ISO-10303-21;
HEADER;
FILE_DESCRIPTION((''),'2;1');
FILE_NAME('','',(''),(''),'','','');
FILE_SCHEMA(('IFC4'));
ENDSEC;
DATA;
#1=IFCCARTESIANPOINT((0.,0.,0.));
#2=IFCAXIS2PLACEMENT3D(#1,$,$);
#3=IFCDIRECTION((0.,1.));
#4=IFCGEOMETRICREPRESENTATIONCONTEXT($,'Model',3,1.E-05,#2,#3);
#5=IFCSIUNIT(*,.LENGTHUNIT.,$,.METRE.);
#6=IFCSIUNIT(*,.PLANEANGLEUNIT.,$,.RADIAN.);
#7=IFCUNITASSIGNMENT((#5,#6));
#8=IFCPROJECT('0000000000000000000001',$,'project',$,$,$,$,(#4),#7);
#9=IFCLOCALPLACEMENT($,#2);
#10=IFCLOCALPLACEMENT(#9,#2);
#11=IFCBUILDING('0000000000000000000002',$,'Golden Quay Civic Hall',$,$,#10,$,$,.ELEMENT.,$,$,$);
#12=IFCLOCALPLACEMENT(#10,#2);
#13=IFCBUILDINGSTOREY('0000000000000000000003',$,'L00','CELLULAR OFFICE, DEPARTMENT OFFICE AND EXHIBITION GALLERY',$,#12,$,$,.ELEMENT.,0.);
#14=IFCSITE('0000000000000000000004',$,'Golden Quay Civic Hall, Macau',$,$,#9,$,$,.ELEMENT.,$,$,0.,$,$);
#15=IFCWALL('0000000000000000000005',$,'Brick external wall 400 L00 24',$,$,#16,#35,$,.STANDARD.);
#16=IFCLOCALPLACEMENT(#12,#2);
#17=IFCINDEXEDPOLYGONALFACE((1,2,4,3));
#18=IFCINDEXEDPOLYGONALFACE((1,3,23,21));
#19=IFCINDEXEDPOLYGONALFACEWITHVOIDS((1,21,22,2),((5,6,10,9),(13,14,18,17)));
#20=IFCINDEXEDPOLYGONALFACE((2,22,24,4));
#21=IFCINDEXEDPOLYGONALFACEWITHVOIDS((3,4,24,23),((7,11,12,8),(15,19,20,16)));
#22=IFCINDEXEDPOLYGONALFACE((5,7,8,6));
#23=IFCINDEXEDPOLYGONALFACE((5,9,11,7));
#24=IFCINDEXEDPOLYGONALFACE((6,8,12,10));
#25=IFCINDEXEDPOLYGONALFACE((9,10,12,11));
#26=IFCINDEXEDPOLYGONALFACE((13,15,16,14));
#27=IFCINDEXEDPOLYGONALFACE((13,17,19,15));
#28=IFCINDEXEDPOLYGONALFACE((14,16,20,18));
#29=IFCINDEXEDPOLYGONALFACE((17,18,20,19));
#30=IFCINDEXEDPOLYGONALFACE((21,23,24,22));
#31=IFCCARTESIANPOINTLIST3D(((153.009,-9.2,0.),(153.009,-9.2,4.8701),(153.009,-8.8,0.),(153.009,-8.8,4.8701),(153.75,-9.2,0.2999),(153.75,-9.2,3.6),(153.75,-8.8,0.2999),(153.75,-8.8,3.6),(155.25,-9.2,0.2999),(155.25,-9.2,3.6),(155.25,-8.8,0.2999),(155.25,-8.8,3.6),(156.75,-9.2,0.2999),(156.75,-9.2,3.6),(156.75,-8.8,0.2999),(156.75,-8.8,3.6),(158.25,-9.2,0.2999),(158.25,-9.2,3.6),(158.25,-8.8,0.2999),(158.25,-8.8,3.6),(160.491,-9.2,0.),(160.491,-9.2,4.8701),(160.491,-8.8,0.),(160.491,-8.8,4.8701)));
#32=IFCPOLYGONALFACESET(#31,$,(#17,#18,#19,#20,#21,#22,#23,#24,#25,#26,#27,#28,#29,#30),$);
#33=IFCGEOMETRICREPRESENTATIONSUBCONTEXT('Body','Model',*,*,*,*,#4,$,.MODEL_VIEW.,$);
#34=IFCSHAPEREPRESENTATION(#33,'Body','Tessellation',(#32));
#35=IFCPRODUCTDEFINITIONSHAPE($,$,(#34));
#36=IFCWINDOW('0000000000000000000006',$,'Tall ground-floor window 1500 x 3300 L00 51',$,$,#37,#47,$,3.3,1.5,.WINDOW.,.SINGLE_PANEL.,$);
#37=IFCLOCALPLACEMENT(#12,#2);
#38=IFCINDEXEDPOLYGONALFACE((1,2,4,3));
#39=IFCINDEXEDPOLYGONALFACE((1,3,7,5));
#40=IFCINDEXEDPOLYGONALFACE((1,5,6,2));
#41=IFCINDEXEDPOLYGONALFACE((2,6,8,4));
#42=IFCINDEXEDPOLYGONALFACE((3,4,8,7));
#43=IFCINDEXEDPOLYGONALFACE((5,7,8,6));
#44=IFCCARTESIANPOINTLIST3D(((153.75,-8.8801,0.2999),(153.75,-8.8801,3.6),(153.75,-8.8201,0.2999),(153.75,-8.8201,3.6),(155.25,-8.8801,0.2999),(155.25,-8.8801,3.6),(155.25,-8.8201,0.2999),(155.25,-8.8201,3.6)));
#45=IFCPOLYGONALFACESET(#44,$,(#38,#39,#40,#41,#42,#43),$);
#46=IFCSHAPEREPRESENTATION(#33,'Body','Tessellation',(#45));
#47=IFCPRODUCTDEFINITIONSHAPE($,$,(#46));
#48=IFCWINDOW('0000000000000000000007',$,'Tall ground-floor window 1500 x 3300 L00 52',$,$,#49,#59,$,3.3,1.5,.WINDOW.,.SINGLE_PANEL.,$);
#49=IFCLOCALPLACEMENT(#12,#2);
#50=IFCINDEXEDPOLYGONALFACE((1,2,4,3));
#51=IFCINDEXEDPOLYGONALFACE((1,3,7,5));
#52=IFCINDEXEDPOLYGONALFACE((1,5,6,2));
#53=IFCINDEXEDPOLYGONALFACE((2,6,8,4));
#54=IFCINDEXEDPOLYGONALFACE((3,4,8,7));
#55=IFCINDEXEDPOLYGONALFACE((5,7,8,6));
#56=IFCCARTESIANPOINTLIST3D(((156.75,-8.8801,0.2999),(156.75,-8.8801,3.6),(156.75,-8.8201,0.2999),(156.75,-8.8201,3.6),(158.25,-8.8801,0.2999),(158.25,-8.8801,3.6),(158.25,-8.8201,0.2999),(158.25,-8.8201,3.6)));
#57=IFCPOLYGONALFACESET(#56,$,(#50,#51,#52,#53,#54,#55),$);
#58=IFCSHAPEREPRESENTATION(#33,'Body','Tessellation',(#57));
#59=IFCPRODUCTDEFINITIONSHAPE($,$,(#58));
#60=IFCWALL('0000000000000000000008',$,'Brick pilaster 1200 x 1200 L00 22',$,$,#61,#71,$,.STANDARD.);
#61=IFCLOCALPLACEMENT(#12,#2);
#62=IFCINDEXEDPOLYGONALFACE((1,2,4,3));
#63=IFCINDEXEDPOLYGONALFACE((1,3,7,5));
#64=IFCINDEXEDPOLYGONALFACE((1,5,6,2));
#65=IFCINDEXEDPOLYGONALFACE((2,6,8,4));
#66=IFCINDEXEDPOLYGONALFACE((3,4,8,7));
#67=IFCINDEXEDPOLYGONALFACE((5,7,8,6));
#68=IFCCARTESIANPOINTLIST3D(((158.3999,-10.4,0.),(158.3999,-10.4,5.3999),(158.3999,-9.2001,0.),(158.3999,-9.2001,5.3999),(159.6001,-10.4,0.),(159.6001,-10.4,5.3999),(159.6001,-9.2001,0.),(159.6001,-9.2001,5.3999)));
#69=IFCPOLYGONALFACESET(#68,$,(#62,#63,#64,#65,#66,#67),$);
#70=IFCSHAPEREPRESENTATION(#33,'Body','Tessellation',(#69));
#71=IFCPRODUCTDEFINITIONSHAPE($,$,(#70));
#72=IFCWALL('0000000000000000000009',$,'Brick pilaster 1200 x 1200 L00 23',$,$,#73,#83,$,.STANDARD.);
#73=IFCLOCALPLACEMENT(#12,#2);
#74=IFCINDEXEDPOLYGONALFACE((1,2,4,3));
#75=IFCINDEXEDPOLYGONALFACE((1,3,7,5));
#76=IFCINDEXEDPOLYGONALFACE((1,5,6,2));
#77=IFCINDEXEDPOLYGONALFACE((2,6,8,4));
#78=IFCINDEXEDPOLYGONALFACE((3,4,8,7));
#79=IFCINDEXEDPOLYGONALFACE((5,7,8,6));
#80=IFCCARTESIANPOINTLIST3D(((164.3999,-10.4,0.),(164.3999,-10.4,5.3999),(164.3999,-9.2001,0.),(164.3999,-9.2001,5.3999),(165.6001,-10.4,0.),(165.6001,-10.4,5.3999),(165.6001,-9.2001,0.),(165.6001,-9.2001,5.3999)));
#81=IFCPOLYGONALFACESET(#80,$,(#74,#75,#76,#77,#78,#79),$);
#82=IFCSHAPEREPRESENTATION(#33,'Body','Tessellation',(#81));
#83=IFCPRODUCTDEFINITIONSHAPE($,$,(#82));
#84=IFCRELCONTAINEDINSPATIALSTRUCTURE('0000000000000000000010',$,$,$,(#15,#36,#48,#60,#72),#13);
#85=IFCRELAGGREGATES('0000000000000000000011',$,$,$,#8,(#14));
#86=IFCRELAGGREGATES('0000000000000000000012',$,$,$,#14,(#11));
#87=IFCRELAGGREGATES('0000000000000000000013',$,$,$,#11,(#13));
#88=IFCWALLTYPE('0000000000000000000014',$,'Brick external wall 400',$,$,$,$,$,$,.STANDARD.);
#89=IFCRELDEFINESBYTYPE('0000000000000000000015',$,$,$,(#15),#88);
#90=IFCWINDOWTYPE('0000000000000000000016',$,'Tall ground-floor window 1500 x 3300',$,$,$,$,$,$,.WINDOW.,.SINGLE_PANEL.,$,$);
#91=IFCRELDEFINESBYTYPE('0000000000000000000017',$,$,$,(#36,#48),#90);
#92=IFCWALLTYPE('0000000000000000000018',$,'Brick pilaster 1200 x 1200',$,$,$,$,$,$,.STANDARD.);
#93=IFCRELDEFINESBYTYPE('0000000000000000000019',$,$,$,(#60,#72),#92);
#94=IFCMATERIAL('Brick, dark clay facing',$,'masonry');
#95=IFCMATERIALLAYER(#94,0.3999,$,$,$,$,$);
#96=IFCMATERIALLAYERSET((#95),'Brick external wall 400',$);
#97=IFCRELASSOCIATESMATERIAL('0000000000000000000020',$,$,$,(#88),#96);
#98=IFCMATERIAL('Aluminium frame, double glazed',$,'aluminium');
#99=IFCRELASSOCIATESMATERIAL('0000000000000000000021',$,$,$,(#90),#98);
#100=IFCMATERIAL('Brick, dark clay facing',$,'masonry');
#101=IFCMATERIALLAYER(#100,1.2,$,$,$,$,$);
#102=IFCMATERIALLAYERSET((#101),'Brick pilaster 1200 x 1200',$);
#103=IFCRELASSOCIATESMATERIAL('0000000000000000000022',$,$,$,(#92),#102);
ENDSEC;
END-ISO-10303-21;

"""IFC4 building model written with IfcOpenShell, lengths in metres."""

from ifc_helpers import new_model, si_unit, direction, frame, frame_2d, origin, place, context, subcontext, project, spatial, rectangle, extrude, material, layer, layer_set, type_object, element, fill, save


model = new_model("IFC4")

# Units and contexts
model_context = context("Model", 3, precision=1e-05, world=origin(), true_north=direction((0.0, 1.0)))
body_context = subcontext(model_context, "Body", "Model", "MODEL_VIEW")
ifc_project = project(units=[si_unit("LENGTHUNIT", "METRE"), si_unit("PLANEANGLEUNIT", "RADIAN")], contexts=[model_context])

# Site, building, storey
site_placement = place(None, origin())
site = spatial("IfcSite", under=ifc_project, at=site_placement, Name="Golden Quay Civic Hall, Macau", CompositionType="ELEMENT", RefElevation=0.0)
building_placement = place(site_placement, origin())
building = spatial("IfcBuilding", under=site, at=building_placement, Name="Golden Quay Civic Hall", CompositionType="ELEMENT")
storey_placement = place(building_placement, origin())
storey = spatial("IfcBuildingStorey", under=building, at=storey_placement, Name="L00", Description="CELLULAR OFFICE, DEPARTMENT OFFICE AND EXHIBITION GALLERY", CompositionType="ELEMENT", Elevation=0.0)

# Wall, openings, windows
ifc_material_1 = material(Name="Brick, dark clay facing", Category="masonry")
ifc_layer_1 = layer(ifc_material_1, 0.3999)
ifc_layer_set_1 = layer_set([ifc_layer_1], Name="Brick external wall 400")
wall_type_1 = type_object("IfcWallType", Name="Brick external wall 400", PredefinedType="STANDARD", material=ifc_layer_set_1)
wall_placement = place(storey_placement, frame((160.491, -9.0, 0.0), z_axis=(0.0, 0.0, 1.0), x_axis=(-1.0, 0.0, 0.0)))
wall = element("IfcWall", 1, at=wall_placement, inside=storey, type_object=wall_type_1, Name="Brick external wall 400 L00 24", PredefinedType="STANDARD", context=body_context, shape_type="SweptSolid", body=[
    extrude(rectangle(XDim=7.4819, YDim=0.3999, at=frame_2d((3.741, 0.0))), origin(), (0.0, 0.0, 1.0), 4.8701),
])
opening_1_placement = place(wall_placement, frame((5.241, 0.0, 0.3)))
opening_1 = element("IfcOpeningElement", 2, at=opening_1_placement, cuts=wall, PredefinedType="OPENING", context=body_context, shape_type="SweptSolid", body=[
    extrude(rectangle(XDim=1.5, YDim=3.3, at=frame_2d((0.75, 1.6499))), frame((0.0, 0.21, 0.0), z_axis=(0.0, -1.0, 0.0), x_axis=(1.0, 0.0, 0.0)), (0.0, 0.0, 1.0), 0.4199),
])
opening_2_placement = place(wall_placement, frame((2.241, 0.0, 0.3)))
opening_2 = element("IfcOpeningElement", 3, at=opening_2_placement, cuts=wall, PredefinedType="OPENING", context=body_context, shape_type="SweptSolid", body=[
    extrude(rectangle(XDim=1.5, YDim=3.3, at=frame_2d((0.75, 1.6499))), frame((0.0, 0.21, 0.0), z_axis=(0.0, -1.0, 0.0), x_axis=(1.0, 0.0, 0.0)), (0.0, 0.0, 1.0), 0.4199),
])
ifc_material_2 = material(Name="Aluminium frame, double glazed", Category="aluminium")
window_type = type_object("IfcWindowType", Name="Tall ground-floor window 1500 x 3300", PartitioningType="SINGLE_PANEL", PredefinedType="WINDOW", material=ifc_material_2)
window_1_placement = place(opening_1_placement, origin())
window_1 = element("IfcWindow", 4, at=window_1_placement, inside=storey, type_object=window_type, Name="Tall ground-floor window 1500 x 3300 L00 51", OverallHeight=3.3, OverallWidth=1.5, PartitioningType="SINGLE_PANEL", PredefinedType="WINDOW", context=body_context, shape_type="SweptSolid", body=[
    extrude(rectangle(XDim=1.5, YDim=3.3, at=frame_2d((0.75, 1.6499))), frame((0.0, -0.1199, 0.0), z_axis=(0.0, -1.0, 0.0), x_axis=(1.0, 0.0, 0.0)), (0.0, 0.0, 1.0), 0.0601),
])
fill(opening_1, window_1)
window_2_placement = place(opening_2_placement, origin())
window_2 = element("IfcWindow", 5, at=window_2_placement, inside=storey, type_object=window_type, Name="Tall ground-floor window 1500 x 3300 L00 52", OverallHeight=3.3, OverallWidth=1.5, PartitioningType="SINGLE_PANEL", PredefinedType="WINDOW", context=body_context, shape_type="SweptSolid", body=[
    extrude(rectangle(XDim=1.5, YDim=3.3, at=frame_2d((0.75, 1.6499))), frame((0.0, -0.1199, 0.0), z_axis=(0.0, -1.0, 0.0), x_axis=(1.0, 0.0, 0.0)), (0.0, 0.0, 1.0), 0.0601),
])
fill(opening_2, window_2)

# Walls
ifc_material_3 = material(Name="Brick, dark clay facing", Category="masonry")
ifc_layer_2 = layer(ifc_material_3, 1.2)
ifc_layer_set_2 = layer_set([ifc_layer_2], Name="Brick pilaster 1200 x 1200")
wall_type_2 = type_object("IfcWallType", Name="Brick pilaster 1200 x 1200", PredefinedType="STANDARD", material=ifc_layer_set_2)
for number, where, z_axis, x_axis, name in (
    (6, (158.3999, -9.8, 0.0), (0.0, 0.0, 1.0), (1.0, 0.0, 0.0), "Brick pilaster 1200 x 1200 L00 22"),
    (7, (164.3999, -9.8, 0.0), (0.0, 0.0, 1.0), (1.0, 0.0, 0.0), "Brick pilaster 1200 x 1200 L00 23"),
):
    element("IfcWall", number, at=place(storey_placement, frame(where, z_axis=z_axis, x_axis=x_axis)), inside=storey, type_object=wall_type_2, Name=name, PredefinedType="STANDARD", context=body_context, shape_type="SweptSolid", body=[
        extrude(rectangle(XDim=1.2002, YDim=1.2, at=frame_2d((0.6001, 0.0))), origin(), (0.0, 0.0, 1.0), 5.3999),
    ])

save(model, "model.ifc")
